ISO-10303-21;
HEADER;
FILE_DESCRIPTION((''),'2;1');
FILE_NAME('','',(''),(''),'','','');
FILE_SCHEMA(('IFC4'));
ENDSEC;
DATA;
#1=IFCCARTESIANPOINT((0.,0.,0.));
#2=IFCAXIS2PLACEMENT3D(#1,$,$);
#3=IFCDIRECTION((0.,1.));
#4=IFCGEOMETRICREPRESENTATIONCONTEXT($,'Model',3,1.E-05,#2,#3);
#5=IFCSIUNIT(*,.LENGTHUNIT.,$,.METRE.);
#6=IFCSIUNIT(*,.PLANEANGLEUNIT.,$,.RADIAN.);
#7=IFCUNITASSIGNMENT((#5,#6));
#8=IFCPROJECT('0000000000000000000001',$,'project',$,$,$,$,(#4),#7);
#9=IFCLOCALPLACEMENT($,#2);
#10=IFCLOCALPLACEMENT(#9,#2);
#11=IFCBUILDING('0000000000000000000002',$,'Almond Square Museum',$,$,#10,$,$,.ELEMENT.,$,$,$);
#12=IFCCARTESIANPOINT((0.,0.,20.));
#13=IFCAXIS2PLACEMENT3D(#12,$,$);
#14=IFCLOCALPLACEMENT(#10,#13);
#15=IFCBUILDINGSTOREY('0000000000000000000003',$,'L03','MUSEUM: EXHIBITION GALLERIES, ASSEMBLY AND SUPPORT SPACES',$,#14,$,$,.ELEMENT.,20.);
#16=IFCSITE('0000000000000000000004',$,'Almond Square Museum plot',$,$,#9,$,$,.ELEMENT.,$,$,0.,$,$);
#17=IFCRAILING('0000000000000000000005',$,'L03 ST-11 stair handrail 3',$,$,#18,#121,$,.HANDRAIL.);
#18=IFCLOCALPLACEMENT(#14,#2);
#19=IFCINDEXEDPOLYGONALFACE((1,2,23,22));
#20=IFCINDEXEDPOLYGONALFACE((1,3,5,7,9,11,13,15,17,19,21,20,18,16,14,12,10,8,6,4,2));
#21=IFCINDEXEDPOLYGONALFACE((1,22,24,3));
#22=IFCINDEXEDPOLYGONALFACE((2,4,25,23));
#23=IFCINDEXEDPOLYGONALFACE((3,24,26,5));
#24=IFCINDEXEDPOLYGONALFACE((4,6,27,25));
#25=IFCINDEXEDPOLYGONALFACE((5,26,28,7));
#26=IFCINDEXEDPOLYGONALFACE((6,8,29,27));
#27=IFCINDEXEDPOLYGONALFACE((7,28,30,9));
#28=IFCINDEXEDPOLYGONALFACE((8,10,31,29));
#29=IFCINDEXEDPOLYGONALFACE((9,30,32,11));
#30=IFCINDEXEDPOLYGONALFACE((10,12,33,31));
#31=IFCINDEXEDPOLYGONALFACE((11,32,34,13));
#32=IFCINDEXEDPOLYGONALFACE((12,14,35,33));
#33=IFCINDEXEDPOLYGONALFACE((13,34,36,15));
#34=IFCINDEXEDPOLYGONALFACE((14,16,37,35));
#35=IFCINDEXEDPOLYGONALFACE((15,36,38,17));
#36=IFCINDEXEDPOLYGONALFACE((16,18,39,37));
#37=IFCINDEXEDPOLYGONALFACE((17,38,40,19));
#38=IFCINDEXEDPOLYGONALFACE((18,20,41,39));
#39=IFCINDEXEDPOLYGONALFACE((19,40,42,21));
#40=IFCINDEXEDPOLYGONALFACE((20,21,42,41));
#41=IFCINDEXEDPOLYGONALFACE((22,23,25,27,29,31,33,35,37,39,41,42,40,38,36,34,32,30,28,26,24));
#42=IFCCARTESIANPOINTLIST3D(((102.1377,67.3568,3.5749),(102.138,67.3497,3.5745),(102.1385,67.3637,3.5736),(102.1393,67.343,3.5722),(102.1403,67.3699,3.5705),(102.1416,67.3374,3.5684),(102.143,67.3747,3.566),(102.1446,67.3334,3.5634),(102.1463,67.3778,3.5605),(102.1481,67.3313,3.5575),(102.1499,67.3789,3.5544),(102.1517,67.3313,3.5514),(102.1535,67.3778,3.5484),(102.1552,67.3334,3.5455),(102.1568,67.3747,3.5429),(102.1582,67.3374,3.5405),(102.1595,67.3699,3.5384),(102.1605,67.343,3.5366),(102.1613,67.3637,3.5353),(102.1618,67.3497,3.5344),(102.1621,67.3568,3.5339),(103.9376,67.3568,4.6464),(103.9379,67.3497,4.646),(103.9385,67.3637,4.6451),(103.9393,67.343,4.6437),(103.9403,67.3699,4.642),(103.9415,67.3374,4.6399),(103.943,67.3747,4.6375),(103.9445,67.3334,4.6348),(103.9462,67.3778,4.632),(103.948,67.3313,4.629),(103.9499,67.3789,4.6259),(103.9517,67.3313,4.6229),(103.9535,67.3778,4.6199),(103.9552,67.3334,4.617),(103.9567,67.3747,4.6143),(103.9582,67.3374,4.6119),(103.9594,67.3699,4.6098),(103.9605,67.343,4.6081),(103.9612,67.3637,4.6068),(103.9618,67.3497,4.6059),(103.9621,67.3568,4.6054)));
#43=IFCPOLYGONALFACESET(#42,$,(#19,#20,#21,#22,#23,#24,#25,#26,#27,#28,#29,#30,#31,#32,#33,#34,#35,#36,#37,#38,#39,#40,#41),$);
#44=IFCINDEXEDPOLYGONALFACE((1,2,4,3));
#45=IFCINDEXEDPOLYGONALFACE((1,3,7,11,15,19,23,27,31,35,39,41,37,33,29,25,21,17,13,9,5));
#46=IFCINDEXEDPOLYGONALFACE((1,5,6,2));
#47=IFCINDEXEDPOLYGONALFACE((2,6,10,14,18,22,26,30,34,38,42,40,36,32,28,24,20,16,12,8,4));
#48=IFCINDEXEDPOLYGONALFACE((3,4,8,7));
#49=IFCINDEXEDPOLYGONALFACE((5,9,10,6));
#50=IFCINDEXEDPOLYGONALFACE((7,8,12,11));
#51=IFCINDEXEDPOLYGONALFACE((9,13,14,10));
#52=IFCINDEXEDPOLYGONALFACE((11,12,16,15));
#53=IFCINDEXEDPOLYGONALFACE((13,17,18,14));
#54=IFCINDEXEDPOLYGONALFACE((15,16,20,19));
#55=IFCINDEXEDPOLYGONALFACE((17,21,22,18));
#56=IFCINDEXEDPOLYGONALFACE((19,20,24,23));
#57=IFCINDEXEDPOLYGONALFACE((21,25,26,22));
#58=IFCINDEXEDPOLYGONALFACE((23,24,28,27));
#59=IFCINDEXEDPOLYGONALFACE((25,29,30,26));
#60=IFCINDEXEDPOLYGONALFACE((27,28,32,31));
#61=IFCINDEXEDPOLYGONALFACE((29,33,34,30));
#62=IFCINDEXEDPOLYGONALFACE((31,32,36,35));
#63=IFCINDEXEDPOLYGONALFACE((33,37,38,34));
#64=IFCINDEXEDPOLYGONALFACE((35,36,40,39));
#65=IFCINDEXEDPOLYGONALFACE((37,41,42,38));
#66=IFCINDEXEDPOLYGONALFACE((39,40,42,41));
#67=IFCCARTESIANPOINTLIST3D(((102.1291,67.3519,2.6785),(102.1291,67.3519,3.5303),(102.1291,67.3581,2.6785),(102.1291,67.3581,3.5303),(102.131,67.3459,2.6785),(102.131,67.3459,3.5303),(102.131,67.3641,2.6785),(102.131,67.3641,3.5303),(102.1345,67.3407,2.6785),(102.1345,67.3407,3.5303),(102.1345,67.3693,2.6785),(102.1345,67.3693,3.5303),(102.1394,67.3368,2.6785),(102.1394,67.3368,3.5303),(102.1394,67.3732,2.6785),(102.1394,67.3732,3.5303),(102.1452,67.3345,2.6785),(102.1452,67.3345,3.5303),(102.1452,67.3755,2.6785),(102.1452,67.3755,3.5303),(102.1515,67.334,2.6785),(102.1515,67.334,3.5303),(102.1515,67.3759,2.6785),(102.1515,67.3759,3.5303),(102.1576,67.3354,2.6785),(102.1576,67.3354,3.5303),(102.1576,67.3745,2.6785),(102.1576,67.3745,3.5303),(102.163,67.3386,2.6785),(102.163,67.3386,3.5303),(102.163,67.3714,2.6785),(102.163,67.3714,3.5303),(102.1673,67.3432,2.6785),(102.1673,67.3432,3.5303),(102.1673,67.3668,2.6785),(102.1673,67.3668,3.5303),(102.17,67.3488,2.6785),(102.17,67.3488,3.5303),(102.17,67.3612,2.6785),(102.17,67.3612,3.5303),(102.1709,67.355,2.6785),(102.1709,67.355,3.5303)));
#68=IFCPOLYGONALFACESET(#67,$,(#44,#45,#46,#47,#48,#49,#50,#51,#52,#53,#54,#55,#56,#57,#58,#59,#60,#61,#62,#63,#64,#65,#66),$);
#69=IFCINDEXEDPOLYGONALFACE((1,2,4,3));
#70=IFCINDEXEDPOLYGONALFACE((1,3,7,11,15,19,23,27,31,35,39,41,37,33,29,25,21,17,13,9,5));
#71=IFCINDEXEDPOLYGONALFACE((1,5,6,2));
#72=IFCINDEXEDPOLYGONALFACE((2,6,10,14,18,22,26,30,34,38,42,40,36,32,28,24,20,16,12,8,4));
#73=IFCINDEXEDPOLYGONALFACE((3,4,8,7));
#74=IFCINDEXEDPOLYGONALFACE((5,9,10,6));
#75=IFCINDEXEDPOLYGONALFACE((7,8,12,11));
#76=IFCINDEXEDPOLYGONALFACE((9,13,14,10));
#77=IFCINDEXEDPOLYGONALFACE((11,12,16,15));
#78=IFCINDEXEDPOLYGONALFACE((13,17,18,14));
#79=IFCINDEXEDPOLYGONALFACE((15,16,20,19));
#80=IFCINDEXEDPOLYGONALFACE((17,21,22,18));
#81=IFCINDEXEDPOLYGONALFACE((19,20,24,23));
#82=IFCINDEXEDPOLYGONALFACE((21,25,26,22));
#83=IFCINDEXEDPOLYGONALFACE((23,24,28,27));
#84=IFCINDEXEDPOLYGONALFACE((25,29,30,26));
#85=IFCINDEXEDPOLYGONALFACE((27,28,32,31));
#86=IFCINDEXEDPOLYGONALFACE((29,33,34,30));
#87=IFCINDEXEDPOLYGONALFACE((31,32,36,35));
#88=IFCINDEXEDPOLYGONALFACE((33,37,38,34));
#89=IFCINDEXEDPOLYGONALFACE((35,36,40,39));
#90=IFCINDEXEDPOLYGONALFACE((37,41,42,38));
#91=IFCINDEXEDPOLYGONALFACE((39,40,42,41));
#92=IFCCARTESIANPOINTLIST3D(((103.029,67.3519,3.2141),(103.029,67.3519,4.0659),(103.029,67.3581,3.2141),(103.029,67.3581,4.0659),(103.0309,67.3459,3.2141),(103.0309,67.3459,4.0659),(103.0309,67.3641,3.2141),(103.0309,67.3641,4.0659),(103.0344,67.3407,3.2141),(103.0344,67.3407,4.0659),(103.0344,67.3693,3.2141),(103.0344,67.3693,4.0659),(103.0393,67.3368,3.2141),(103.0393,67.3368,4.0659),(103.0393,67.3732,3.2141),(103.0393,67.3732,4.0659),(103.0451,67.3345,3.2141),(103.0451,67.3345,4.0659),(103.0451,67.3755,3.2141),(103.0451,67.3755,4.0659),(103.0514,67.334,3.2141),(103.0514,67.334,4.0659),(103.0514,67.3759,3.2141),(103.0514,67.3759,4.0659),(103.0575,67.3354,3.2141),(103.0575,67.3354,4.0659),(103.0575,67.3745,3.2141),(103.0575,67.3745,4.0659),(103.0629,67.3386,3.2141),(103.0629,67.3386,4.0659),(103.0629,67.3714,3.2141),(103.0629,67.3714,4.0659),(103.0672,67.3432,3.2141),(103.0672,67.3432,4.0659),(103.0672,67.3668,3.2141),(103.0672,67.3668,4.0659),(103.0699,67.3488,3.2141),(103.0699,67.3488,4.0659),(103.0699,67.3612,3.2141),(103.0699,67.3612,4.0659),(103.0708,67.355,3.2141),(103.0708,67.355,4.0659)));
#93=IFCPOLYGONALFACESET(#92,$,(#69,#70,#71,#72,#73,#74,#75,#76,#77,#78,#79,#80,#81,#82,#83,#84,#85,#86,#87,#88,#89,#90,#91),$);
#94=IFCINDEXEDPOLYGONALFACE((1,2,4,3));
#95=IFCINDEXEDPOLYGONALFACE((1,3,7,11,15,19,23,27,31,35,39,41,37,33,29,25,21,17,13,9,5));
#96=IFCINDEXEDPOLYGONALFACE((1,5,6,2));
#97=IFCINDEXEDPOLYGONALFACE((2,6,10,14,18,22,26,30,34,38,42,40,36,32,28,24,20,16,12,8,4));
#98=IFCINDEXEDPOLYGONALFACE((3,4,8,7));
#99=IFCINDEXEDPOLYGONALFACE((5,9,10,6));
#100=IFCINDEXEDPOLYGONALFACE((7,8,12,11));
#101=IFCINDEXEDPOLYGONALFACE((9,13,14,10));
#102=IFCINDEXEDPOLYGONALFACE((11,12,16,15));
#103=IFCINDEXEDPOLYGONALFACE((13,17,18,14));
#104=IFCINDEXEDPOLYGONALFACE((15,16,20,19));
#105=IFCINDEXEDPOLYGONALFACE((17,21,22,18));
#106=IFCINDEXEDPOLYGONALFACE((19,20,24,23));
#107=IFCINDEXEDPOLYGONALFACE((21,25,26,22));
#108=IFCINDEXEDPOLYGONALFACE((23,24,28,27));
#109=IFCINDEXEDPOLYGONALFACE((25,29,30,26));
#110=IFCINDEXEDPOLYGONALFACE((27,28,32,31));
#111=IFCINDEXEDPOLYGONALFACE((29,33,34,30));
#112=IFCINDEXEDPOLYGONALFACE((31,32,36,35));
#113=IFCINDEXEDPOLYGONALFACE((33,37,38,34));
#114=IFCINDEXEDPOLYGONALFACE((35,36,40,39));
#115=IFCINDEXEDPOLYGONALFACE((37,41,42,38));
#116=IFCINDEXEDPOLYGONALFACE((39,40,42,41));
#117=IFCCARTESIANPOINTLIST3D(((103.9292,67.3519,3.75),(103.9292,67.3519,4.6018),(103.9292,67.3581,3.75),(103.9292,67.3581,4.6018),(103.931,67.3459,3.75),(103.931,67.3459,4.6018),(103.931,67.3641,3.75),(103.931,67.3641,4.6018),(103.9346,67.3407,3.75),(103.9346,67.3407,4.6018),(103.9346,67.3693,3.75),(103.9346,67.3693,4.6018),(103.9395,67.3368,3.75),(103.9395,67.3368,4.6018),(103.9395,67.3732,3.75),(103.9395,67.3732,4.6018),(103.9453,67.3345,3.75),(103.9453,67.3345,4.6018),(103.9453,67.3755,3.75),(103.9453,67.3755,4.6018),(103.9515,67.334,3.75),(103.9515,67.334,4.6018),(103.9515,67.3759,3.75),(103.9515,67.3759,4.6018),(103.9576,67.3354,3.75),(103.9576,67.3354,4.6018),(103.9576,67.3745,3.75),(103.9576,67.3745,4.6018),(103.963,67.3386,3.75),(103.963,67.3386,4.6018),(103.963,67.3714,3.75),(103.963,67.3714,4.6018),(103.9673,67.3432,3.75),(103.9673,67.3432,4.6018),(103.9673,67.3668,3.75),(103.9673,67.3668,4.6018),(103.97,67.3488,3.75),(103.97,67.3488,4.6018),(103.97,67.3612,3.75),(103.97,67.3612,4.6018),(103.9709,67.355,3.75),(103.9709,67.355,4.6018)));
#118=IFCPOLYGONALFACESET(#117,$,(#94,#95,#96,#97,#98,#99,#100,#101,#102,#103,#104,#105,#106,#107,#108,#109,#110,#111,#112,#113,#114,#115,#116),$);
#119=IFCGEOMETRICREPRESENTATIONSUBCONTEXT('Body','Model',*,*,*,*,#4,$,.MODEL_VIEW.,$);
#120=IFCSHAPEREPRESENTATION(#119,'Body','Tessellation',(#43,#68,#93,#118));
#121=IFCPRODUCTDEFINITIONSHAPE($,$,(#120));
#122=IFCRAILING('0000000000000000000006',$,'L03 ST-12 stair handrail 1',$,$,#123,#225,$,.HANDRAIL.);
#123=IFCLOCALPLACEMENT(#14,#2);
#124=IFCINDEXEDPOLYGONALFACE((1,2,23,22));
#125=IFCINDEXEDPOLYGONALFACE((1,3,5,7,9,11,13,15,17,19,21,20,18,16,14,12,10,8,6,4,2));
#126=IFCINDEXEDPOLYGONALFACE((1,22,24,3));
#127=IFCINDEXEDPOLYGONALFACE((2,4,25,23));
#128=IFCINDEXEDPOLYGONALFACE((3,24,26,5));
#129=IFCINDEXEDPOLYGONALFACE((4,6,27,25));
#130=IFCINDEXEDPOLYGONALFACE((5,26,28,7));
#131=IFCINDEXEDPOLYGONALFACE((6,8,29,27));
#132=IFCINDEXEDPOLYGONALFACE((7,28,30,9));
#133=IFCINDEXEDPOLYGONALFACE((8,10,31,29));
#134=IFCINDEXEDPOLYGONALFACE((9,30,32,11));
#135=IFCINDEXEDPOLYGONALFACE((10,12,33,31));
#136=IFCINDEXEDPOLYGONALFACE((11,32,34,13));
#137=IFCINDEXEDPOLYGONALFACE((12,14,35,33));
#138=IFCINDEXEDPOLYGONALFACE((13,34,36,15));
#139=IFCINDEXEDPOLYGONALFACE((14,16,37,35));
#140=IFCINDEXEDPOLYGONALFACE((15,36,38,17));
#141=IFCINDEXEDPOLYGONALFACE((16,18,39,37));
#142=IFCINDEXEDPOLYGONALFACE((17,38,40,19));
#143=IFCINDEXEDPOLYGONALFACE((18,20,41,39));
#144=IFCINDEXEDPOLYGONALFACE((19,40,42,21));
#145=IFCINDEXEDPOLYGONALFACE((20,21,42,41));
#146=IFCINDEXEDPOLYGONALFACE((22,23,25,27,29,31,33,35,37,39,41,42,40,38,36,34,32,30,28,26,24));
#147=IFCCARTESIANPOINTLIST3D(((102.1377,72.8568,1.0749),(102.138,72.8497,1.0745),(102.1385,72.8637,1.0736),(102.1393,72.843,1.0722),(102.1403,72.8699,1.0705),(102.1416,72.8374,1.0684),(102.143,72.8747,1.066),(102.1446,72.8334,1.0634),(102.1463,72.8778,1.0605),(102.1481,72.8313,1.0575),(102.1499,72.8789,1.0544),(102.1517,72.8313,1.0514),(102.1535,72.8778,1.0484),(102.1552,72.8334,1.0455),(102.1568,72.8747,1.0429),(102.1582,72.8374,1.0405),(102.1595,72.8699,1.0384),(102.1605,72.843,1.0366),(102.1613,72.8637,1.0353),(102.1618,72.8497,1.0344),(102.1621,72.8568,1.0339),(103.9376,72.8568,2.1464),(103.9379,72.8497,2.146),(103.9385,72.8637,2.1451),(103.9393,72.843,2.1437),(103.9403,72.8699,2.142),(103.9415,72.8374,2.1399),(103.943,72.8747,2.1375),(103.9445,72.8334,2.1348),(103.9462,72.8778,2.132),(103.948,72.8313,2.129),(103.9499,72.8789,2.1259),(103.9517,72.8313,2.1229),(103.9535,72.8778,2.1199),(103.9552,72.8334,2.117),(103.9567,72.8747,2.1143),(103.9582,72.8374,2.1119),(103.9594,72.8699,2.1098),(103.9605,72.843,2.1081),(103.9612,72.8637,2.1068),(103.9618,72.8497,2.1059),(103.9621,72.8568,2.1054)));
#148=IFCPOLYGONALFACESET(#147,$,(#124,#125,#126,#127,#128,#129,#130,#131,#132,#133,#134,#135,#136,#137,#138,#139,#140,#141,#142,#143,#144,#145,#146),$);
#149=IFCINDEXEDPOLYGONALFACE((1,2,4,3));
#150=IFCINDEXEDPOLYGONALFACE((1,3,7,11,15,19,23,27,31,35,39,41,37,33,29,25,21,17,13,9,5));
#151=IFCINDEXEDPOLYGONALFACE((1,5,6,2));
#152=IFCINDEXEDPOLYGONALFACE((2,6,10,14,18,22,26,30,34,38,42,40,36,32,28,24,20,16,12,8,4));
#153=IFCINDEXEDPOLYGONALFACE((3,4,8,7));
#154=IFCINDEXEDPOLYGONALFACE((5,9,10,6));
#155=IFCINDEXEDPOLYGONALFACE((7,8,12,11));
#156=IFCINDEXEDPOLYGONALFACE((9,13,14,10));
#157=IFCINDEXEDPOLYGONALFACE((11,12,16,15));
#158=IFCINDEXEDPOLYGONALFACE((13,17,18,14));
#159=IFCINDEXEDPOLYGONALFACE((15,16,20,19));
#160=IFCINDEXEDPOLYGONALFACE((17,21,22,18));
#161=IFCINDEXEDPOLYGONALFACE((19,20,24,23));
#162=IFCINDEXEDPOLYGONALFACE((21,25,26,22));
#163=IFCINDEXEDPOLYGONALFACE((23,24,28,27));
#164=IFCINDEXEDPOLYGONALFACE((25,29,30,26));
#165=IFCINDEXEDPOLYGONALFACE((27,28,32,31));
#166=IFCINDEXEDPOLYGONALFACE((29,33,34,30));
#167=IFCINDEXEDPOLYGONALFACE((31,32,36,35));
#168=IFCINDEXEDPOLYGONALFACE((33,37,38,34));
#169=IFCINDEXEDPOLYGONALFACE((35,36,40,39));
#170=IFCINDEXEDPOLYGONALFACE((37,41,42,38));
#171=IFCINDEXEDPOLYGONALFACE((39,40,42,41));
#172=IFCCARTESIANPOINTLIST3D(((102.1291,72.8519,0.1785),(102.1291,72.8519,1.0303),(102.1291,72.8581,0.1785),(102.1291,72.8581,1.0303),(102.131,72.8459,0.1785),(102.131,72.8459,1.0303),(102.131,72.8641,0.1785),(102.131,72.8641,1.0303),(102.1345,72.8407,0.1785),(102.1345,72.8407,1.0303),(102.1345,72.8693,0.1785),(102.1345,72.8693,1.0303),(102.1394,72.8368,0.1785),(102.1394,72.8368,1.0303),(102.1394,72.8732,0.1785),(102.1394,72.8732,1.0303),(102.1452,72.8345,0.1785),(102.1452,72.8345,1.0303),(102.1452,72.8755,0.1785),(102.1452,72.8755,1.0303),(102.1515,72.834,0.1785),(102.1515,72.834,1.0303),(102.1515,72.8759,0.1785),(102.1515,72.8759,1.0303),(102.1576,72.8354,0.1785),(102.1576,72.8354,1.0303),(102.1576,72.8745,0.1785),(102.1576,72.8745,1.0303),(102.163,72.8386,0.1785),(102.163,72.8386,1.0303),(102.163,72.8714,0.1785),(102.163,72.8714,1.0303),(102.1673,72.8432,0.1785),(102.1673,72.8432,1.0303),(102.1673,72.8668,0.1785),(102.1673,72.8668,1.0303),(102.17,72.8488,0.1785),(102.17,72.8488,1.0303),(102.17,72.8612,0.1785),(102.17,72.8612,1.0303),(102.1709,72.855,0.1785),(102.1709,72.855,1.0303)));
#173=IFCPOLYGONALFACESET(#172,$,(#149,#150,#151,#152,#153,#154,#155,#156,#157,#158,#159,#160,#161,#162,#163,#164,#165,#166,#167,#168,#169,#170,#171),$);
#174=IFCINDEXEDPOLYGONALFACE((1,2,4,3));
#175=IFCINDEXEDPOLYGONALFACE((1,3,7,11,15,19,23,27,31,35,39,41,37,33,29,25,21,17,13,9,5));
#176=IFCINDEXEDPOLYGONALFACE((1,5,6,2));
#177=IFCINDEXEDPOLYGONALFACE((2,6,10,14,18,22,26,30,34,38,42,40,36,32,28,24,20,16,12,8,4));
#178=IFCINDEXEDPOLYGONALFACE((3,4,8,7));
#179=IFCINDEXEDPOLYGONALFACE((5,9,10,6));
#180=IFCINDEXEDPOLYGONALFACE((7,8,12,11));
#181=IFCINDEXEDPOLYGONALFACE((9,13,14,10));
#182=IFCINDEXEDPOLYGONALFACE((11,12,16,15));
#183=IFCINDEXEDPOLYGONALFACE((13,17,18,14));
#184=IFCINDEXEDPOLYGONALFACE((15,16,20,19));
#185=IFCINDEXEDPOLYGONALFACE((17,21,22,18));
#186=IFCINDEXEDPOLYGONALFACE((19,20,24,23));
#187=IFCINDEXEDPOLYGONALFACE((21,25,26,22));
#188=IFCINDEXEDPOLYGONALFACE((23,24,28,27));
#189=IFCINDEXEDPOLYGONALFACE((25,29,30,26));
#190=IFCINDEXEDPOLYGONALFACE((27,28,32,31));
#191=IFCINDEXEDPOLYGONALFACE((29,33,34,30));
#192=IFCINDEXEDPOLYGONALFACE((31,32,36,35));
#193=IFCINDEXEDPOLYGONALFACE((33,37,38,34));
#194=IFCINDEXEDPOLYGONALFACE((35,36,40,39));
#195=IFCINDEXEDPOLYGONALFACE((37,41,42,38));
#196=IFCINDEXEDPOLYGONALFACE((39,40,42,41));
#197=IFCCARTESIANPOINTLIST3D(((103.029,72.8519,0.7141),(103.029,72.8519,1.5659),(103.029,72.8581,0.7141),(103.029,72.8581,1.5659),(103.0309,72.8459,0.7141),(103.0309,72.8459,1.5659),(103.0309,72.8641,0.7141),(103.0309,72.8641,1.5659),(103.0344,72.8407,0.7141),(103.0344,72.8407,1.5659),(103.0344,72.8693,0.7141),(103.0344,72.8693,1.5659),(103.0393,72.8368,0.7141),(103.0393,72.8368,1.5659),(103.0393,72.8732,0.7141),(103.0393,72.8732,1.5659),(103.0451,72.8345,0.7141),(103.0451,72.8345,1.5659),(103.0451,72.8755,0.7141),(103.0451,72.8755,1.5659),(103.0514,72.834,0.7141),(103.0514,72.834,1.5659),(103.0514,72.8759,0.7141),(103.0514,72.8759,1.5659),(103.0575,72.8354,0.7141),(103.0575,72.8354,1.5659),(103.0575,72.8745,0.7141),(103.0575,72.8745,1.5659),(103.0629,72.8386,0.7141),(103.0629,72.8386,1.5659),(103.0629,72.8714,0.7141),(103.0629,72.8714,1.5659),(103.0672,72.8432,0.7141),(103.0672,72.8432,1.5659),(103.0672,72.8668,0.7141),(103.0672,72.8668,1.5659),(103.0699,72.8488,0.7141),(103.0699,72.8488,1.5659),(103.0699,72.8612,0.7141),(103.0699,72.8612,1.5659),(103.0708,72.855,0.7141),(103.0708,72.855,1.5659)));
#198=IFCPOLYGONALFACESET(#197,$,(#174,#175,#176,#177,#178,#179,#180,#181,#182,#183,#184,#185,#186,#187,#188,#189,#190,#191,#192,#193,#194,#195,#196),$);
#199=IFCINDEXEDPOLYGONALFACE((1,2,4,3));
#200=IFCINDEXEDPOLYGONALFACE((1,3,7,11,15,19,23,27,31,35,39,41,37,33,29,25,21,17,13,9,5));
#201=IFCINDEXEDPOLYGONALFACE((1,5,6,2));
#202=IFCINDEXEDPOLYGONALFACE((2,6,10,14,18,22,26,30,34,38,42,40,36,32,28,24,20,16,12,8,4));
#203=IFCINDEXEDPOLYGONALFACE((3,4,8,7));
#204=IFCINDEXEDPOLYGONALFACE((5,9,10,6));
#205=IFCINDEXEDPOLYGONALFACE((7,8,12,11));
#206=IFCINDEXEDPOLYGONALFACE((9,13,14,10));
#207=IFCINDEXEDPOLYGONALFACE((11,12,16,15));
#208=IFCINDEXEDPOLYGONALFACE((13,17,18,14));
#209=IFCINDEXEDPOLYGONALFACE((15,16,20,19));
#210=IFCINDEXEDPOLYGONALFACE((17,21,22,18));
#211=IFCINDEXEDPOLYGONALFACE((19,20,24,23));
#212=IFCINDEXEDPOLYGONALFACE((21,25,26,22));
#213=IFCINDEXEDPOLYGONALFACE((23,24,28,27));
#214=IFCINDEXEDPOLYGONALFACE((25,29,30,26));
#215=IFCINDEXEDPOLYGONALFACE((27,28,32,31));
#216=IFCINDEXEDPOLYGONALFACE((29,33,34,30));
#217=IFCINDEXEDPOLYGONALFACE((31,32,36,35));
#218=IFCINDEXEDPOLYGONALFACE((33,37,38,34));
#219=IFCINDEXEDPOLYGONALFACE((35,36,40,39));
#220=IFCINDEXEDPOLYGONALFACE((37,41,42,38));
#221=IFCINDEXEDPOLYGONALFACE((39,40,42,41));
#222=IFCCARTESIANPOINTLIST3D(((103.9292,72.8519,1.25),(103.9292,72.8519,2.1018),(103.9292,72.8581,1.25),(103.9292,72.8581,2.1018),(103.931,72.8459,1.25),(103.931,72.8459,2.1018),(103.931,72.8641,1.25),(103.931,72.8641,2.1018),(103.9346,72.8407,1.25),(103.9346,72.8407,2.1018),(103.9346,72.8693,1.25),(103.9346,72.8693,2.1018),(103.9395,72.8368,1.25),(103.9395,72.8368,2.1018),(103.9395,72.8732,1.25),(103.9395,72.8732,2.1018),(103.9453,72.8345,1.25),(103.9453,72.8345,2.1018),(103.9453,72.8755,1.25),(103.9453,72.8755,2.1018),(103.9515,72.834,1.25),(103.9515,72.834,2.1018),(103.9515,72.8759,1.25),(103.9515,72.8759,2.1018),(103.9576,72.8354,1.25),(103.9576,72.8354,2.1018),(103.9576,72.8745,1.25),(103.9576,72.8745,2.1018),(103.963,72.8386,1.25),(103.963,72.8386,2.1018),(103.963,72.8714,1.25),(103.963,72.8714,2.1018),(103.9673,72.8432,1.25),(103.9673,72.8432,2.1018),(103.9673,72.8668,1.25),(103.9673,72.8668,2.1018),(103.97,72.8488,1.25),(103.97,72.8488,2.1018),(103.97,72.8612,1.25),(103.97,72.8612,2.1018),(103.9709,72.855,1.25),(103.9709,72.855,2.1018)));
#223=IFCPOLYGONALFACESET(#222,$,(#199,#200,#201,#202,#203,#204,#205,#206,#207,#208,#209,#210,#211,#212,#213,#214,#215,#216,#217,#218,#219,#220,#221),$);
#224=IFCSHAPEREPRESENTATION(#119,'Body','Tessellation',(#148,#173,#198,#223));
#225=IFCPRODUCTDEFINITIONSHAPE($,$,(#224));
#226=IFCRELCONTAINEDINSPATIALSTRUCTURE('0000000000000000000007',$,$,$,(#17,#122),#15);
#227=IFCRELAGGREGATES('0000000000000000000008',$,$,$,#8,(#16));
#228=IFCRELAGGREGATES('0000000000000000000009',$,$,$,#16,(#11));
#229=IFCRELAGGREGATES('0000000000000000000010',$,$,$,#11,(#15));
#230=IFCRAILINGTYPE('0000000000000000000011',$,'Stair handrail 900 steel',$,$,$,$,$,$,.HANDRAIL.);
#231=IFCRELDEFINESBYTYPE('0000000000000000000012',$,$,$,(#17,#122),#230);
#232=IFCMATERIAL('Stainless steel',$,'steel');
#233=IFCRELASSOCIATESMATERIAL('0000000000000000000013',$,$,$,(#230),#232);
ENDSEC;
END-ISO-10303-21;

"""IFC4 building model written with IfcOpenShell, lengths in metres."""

from ifc_helpers import new_model, si_unit, direction, frame, origin, origin_2d, place, context, subcontext, project, spatial, circle, extrude, material, type_object, element, save


model = new_model("IFC4")

# Units and contexts
model_context = context("Model", 3, precision=1e-05, world=origin(), true_north=direction((0.0, 1.0)))
body_context = subcontext(model_context, "Body", "Model", "MODEL_VIEW")
ifc_project = project(units=[si_unit("LENGTHUNIT", "METRE"), si_unit("PLANEANGLEUNIT", "RADIAN")], contexts=[model_context])

# Site, building, storey
site_placement = place(None, origin())
site = spatial("IfcSite", under=ifc_project, at=site_placement, Name="Almond Square Museum plot", CompositionType="ELEMENT", RefElevation=0.0)
building_placement = place(site_placement, origin())
building = spatial("IfcBuilding", under=site, at=building_placement, Name="Almond Square Museum", CompositionType="ELEMENT")
storey_placement = place(building_placement, frame((0.0, 0.0, 20.0)))
storey = spatial("IfcBuildingStorey", under=building, at=storey_placement, Name="L03", Description="MUSEUM: EXHIBITION GALLERIES, ASSEMBLY AND SUPPORT SPACES", CompositionType="ELEMENT", Elevation=20.0)

# Railings
ifc_material_1 = material(Name="Stainless steel", Category="steel")
railing_type_1 = type_object("IfcRailingType", Name="Stair handrail 900 steel", PredefinedType="HANDRAIL", material=ifc_material_1)
for number, where, name in (
    (1, (102.1499, 67.355, 2.6785), "L03 ST-11 stair handrail 3"),
    (2, (102.1499, 72.855, 0.1785), "L03 ST-12 stair handrail 1"),
):
    element("IfcRailing", number, at=place(storey_placement, frame(where)), inside=storey, type_object=railing_type_1, Name=name, PredefinedType="HANDRAIL", context=body_context, shape_type="SweptSolid", body=[
        extrude(circle(Radius=0.0239, at=origin_2d()), frame((0.0, 0.0, 0.876), z_axis=(0.859277, 0.0, 0.51151), x_axis=(0.0, 1.0, 0.0)), (0.0, 0.0, 1.0), 2.0947),
        extrude(circle(Radius=0.021, at=origin_2d()), origin(), (0.0, 0.0, 1.0), 0.8518),
        extrude(circle(Radius=0.021, at=origin_2d()), frame((0.8999, 0.0, 0.5356)), (0.0, 0.0, 1.0), 0.8518),
        extrude(circle(Radius=0.021, at=origin_2d()), frame((1.8, 0.0, 1.0715)), (0.0, 0.0, 1.0), 0.8518),
    ])

save(model, "model.ifc")
